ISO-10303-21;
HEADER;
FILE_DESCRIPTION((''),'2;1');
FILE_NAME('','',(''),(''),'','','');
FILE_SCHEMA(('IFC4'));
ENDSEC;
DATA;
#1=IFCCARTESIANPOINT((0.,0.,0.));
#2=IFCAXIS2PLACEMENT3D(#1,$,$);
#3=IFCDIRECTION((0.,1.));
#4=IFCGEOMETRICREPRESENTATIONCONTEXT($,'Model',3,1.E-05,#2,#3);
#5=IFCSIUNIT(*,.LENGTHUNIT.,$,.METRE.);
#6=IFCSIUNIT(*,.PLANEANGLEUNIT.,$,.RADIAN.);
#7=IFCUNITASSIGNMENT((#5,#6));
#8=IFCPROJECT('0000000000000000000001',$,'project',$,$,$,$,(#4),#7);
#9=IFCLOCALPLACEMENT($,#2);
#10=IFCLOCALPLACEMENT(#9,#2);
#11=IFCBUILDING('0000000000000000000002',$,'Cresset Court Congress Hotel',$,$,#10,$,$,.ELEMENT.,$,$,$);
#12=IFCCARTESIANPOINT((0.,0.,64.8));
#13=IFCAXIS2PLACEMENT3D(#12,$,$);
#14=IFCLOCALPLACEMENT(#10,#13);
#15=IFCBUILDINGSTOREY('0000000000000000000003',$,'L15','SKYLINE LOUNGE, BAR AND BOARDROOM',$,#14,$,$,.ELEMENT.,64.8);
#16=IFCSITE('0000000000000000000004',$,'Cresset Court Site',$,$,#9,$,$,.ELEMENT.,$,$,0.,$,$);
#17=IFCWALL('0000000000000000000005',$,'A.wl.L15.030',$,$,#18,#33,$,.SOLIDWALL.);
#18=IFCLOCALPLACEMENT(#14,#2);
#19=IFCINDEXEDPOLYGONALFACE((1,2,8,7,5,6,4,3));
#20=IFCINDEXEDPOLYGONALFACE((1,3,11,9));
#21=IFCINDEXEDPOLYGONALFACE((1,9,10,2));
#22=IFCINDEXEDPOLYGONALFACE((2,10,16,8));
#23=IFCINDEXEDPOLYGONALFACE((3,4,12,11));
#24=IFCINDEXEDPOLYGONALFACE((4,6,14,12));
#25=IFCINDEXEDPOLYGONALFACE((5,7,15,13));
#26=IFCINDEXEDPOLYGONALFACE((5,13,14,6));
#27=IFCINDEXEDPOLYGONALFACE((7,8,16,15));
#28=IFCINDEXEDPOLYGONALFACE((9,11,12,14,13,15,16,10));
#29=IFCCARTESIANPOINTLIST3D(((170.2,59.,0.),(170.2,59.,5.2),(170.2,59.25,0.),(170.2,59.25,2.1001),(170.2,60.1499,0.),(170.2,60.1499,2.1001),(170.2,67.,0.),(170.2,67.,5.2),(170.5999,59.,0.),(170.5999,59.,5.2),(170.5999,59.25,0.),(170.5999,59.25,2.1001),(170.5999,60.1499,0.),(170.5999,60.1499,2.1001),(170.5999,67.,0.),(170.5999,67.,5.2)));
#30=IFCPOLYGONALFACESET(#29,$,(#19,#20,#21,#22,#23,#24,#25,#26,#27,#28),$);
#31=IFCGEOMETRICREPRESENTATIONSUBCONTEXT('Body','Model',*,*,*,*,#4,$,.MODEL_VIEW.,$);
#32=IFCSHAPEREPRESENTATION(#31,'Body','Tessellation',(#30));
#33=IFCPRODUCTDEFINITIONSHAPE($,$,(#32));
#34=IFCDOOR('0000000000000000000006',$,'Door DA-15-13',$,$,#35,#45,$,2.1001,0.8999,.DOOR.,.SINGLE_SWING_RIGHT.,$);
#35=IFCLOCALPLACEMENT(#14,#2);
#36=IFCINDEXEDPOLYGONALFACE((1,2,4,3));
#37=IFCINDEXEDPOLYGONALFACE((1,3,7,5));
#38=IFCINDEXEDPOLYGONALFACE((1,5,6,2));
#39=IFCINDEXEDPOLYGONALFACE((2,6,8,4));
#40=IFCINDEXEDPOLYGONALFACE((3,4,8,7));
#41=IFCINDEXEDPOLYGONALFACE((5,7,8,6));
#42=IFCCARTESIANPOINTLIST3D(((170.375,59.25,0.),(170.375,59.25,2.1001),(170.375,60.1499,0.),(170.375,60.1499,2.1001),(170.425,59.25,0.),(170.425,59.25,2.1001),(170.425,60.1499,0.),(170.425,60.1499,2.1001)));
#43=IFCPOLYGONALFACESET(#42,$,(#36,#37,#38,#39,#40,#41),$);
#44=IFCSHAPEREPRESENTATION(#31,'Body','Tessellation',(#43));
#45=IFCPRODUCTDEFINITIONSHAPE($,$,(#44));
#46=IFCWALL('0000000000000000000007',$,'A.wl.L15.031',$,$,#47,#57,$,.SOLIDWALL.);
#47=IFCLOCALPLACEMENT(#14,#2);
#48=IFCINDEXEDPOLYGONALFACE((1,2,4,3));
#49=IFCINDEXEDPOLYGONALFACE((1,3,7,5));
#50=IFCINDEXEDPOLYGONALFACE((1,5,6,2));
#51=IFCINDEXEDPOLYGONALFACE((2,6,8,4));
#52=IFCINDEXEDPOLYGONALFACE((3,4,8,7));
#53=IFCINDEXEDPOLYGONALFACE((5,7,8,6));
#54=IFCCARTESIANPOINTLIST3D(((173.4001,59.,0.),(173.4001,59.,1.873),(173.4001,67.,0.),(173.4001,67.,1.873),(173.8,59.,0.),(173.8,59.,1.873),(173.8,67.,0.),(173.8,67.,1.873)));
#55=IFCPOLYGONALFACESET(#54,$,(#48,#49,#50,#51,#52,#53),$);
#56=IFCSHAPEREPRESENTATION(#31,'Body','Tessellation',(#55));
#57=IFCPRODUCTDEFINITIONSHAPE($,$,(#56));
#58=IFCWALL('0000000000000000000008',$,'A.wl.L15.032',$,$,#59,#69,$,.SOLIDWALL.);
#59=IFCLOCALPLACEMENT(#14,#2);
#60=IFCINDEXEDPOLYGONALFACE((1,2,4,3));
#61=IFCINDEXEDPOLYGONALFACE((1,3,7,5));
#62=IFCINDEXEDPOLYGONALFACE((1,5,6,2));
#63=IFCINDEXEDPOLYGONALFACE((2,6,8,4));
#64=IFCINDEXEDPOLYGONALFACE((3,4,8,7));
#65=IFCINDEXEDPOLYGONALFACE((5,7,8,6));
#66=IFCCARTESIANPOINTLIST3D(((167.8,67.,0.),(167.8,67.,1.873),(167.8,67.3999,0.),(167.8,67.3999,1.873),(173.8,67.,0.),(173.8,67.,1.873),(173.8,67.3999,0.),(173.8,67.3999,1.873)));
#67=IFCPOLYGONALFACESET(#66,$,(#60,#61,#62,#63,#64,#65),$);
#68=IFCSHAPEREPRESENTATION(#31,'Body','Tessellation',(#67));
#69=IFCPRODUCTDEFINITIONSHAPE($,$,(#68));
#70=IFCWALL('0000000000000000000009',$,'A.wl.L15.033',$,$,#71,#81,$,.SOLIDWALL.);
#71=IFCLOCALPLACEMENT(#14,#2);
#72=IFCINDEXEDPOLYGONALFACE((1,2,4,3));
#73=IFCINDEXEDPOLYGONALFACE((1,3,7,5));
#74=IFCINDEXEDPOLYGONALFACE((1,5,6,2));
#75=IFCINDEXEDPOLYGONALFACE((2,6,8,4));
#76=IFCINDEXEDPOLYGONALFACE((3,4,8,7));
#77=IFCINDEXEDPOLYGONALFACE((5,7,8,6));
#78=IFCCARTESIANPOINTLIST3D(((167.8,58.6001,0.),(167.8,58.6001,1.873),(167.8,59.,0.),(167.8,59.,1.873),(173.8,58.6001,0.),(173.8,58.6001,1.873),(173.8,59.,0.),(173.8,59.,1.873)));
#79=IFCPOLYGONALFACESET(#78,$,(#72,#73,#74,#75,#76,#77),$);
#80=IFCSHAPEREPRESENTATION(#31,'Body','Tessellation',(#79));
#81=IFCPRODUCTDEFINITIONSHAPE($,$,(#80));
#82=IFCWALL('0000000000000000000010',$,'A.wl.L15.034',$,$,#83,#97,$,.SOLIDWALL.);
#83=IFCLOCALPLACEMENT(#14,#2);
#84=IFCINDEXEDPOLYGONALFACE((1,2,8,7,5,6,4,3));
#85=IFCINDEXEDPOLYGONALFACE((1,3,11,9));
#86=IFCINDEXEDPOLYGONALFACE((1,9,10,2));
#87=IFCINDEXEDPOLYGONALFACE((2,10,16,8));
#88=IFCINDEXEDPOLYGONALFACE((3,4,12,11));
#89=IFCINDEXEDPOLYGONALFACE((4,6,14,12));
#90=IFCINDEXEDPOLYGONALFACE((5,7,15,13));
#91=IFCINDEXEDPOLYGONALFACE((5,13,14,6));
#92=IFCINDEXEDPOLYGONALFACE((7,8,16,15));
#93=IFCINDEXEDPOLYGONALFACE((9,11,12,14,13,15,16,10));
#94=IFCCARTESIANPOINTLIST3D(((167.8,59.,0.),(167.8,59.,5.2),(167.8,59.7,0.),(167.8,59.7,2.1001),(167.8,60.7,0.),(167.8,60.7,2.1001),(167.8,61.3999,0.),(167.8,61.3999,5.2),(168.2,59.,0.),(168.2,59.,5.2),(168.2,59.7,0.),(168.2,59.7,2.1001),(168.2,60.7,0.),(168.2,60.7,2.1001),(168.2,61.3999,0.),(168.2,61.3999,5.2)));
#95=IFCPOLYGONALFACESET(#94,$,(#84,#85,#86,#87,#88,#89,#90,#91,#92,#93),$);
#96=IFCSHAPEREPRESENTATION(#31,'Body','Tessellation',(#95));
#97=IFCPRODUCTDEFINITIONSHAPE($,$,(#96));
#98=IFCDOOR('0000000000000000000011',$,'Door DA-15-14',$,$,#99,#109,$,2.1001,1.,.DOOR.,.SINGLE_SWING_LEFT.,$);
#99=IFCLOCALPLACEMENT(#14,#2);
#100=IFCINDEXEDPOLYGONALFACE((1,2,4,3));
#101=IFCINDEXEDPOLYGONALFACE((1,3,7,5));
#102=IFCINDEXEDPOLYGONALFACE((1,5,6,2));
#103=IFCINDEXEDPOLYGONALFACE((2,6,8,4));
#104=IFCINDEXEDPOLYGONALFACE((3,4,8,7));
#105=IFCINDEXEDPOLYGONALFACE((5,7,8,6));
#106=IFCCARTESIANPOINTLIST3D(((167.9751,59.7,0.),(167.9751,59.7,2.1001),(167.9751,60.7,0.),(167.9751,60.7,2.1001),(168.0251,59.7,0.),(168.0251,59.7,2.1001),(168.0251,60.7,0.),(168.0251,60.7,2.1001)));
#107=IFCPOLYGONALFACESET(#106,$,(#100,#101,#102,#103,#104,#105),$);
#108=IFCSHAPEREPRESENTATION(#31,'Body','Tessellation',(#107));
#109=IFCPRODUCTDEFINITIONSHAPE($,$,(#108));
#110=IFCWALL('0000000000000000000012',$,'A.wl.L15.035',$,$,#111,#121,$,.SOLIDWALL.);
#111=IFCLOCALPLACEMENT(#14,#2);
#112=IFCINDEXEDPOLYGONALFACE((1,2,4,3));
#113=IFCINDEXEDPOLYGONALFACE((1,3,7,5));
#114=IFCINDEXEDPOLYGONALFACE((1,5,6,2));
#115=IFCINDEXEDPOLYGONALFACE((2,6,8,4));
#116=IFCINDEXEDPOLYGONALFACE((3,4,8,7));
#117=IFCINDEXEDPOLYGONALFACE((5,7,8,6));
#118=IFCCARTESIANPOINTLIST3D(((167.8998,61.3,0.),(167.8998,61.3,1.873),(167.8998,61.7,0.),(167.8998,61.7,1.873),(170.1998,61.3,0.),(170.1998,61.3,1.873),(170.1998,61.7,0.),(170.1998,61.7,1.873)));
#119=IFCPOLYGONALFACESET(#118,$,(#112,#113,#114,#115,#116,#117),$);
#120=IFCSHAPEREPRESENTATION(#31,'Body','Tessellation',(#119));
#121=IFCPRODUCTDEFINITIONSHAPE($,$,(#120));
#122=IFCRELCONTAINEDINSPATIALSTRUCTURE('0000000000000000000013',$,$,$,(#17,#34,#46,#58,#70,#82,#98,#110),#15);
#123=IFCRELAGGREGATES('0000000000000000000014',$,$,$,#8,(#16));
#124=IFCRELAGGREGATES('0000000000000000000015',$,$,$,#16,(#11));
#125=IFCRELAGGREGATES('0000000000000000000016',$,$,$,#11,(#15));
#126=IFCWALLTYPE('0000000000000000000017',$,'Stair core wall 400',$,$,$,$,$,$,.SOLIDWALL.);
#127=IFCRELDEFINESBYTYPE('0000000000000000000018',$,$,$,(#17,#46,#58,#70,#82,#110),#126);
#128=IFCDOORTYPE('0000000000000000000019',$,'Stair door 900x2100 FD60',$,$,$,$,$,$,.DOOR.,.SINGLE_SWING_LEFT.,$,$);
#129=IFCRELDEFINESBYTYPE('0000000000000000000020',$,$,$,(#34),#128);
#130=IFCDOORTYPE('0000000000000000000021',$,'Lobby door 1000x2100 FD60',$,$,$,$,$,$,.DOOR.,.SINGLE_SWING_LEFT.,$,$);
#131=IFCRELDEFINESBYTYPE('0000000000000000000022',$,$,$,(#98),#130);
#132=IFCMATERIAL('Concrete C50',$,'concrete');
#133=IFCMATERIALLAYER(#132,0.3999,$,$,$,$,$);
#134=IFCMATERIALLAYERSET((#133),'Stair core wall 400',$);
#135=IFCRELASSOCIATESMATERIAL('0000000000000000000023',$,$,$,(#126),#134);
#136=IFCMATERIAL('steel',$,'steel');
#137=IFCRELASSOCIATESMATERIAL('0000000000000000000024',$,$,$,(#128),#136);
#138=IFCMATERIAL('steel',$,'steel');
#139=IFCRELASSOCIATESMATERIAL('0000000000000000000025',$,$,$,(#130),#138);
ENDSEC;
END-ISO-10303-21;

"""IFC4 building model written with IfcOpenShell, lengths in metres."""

from ifc_helpers import new_model, si_unit, direction, frame, frame_2d, origin, place, context, subcontext, project, spatial, rectangle, extrude, material, layer, layer_set, type_object, element, fill, save


model = new_model("IFC4")

# Units and contexts
model_context = context("Model", 3, precision=1e-05, world=origin(), true_north=direction((0.0, 1.0)))
body_context = subcontext(model_context, "Body", "Model", "MODEL_VIEW")
ifc_project = project(units=[si_unit("LENGTHUNIT", "METRE"), si_unit("PLANEANGLEUNIT", "RADIAN")], contexts=[model_context])

# Site, building, storey
site_placement = place(None, origin())
site = spatial("IfcSite", under=ifc_project, at=site_placement, Name="Cresset Court Site", CompositionType="ELEMENT", RefElevation=0.0)
building_placement = place(site_placement, origin())
building = spatial("IfcBuilding", under=site, at=building_placement, Name="Cresset Court Congress Hotel", CompositionType="ELEMENT")
storey_placement = place(building_placement, frame((0.0, 0.0, 64.8)))
storey = spatial("IfcBuildingStorey", under=building, at=storey_placement, Name="L15", Description="SKYLINE LOUNGE, BAR AND BOARDROOM", CompositionType="ELEMENT", Elevation=64.8)

# Wall, opening, door
ifc_material_1 = material(Name="Concrete C50", Category="concrete")
ifc_layer_1 = layer(ifc_material_1, 0.3999)
ifc_layer_set_1 = layer_set([ifc_layer_1], Name="Stair core wall 400")
wall_type_1 = type_object("IfcWallType", Name="Stair core wall 400", PredefinedType="SOLIDWALL", material=ifc_layer_set_1)
wall_1_placement = place(storey_placement, frame((170.3999, 59.0, 0.0), z_axis=(0.0, 0.0, 1.0), x_axis=(0.0, 1.0, 0.0)))
wall_1 = element("IfcWall", 1, at=wall_1_placement, inside=storey, type_object=wall_type_1, Name="A.wl.L15.030", PredefinedType="SOLIDWALL", context=body_context, shape_type="SweptSolid", body=[
    extrude(rectangle(XDim=8.0, YDim=0.3999, at=frame_2d((4.0, 0.0))), origin(), (0.0, 0.0, 1.0), 5.2),
])
opening_1_placement = place(wall_1_placement, frame((0.25, 0.0, 0.0)))
opening_1 = element("IfcOpeningElement", 2, at=opening_1_placement, cuts=wall_1, PredefinedType="OPENING", context=body_context, shape_type="SweptSolid", body=[
    extrude(rectangle(XDim=0.8999, YDim=2.1001, at=frame_2d((0.45, 1.05))), frame((0.0, 0.21, 0.0), z_axis=(0.0, -1.0, 0.0), x_axis=(1.0, 0.0, 0.0)), (0.0, 0.0, 1.0), 0.4199),
])
ifc_material_2 = material(Name="steel", Category="steel")
door_type_1 = type_object("IfcDoorType", Name="Stair door 900x2100 FD60", OperationType="SINGLE_SWING_LEFT", PredefinedType="DOOR", material=ifc_material_2)
door_1_placement = place(opening_1_placement, origin())
door_1 = element("IfcDoor", 3, at=door_1_placement, inside=storey, type_object=door_type_1, Name="Door DA-15-13", OperationType="SINGLE_SWING_RIGHT", OverallHeight=2.1001, OverallWidth=0.8999, PredefinedType="DOOR", context=body_context, shape_type="SweptSolid", body=[
    extrude(rectangle(XDim=0.8999, YDim=2.1001, at=frame_2d((0.45, 1.05))), frame((0.0, 0.0249, 0.0), z_axis=(0.0, -1.0, 0.0), x_axis=(1.0, 0.0, 0.0)), (0.0, 0.0, 1.0), 0.05),
])
fill(opening_1, door_1)

# Walls
wall_2_placement = place(storey_placement, frame((173.6001, 59.0, 0.0), z_axis=(0.0, 0.0, 1.0), x_axis=(0.0, 1.0, 0.0)))
element("IfcWall", 4, at=wall_2_placement, inside=storey, type_object=wall_type_1, Name="A.wl.L15.031", PredefinedType="SOLIDWALL", context=body_context, shape_type="SweptSolid", body=[
    extrude(rectangle(XDim=8.0, YDim=0.3999, at=frame_2d((4.0, 0.0))), origin(), (0.0, 0.0, 1.0), 1.873),
])
for number, where, z_axis, x_axis, name in (
    (5, (167.8, 67.2, 0.0), (0.0, 0.0, 1.0), (1.0, 0.0, 0.0), "A.wl.L15.032"),
    (6, (167.8, 58.8, 0.0), (0.0, 0.0, 1.0), (1.0, 0.0, 0.0), "A.wl.L15.033"),
):
    element("IfcWall", number, at=place(storey_placement, frame(where, z_axis=z_axis, x_axis=x_axis)), inside=storey, type_object=wall_type_1, Name=name, PredefinedType="SOLIDWALL", context=body_context, shape_type="SweptSolid", body=[
        extrude(rectangle(XDim=6.0, YDim=0.3999, at=frame_2d((3.0, 0.0))), origin(), (0.0, 0.0, 1.0), 1.873),
    ])

# Wall, opening, door
wall_3_placement = place(storey_placement, frame((168.0, 59.0, 0.0), z_axis=(0.0, 0.0, 1.0), x_axis=(0.0, 1.0, 0.0)))
wall_3 = element("IfcWall", 7, at=wall_3_placement, inside=storey, type_object=wall_type_1, Name="A.wl.L15.034", PredefinedType="SOLIDWALL", context=body_context, shape_type="SweptSolid", body=[
    extrude(rectangle(XDim=2.3999, YDim=0.3999, at=frame_2d((1.2, 0.0))), origin(), (0.0, 0.0, 1.0), 5.2),
])
opening_2_placement = place(wall_3_placement, frame((0.7, 0.0, 0.0)))
opening_2 = element("IfcOpeningElement", 8, at=opening_2_placement, cuts=wall_3, PredefinedType="OPENING", context=body_context, shape_type="SweptSolid", body=[
    extrude(rectangle(XDim=1.0, YDim=2.1001, at=frame_2d((0.5, 1.05))), frame((0.0, 0.21, 0.0), z_axis=(0.0, -1.0, 0.0), x_axis=(1.0, 0.0, 0.0)), (0.0, 0.0, 1.0), 0.4199),
])
ifc_material_3 = material(Name="steel", Category="steel")
door_type_2 = type_object("IfcDoorType", Name="Lobby door 1000x2100 FD60", OperationType="SINGLE_SWING_LEFT", PredefinedType="DOOR", material=ifc_material_3)
door_2_placement = place(opening_2_placement, origin())
door_2 = element("IfcDoor", 9, at=door_2_placement, inside=storey, type_object=door_type_2, Name="Door DA-15-14", OperationType="SINGLE_SWING_LEFT", OverallHeight=2.1001, OverallWidth=1.0, PredefinedType="DOOR", context=body_context, shape_type="SweptSolid", body=[
    extrude(rectangle(XDim=1.0, YDim=2.1001, at=frame_2d((0.5, 1.05))), frame((0.0, 0.0249, 0.0), z_axis=(0.0, -1.0, 0.0), x_axis=(1.0, 0.0, 0.0)), (0.0, 0.0, 1.0), 0.05),
])
fill(opening_2, door_2)

# Wall
wall_4_placement = place(storey_placement, frame((167.8999, 61.5, 0.0), z_axis=(0.0, 0.0, 1.0), x_axis=(1.0, 0.0, 0.0)))
element("IfcWall", 10, at=wall_4_placement, inside=storey, type_object=wall_type_1, Name="A.wl.L15.035", PredefinedType="SOLIDWALL", context=body_context, shape_type="SweptSolid", body=[
    extrude(rectangle(XDim=2.3, YDim=0.3999, at=frame_2d((1.1499, 0.0))), origin(), (0.0, 0.0, 1.0), 1.873),
])

save(model, "model.ifc")
